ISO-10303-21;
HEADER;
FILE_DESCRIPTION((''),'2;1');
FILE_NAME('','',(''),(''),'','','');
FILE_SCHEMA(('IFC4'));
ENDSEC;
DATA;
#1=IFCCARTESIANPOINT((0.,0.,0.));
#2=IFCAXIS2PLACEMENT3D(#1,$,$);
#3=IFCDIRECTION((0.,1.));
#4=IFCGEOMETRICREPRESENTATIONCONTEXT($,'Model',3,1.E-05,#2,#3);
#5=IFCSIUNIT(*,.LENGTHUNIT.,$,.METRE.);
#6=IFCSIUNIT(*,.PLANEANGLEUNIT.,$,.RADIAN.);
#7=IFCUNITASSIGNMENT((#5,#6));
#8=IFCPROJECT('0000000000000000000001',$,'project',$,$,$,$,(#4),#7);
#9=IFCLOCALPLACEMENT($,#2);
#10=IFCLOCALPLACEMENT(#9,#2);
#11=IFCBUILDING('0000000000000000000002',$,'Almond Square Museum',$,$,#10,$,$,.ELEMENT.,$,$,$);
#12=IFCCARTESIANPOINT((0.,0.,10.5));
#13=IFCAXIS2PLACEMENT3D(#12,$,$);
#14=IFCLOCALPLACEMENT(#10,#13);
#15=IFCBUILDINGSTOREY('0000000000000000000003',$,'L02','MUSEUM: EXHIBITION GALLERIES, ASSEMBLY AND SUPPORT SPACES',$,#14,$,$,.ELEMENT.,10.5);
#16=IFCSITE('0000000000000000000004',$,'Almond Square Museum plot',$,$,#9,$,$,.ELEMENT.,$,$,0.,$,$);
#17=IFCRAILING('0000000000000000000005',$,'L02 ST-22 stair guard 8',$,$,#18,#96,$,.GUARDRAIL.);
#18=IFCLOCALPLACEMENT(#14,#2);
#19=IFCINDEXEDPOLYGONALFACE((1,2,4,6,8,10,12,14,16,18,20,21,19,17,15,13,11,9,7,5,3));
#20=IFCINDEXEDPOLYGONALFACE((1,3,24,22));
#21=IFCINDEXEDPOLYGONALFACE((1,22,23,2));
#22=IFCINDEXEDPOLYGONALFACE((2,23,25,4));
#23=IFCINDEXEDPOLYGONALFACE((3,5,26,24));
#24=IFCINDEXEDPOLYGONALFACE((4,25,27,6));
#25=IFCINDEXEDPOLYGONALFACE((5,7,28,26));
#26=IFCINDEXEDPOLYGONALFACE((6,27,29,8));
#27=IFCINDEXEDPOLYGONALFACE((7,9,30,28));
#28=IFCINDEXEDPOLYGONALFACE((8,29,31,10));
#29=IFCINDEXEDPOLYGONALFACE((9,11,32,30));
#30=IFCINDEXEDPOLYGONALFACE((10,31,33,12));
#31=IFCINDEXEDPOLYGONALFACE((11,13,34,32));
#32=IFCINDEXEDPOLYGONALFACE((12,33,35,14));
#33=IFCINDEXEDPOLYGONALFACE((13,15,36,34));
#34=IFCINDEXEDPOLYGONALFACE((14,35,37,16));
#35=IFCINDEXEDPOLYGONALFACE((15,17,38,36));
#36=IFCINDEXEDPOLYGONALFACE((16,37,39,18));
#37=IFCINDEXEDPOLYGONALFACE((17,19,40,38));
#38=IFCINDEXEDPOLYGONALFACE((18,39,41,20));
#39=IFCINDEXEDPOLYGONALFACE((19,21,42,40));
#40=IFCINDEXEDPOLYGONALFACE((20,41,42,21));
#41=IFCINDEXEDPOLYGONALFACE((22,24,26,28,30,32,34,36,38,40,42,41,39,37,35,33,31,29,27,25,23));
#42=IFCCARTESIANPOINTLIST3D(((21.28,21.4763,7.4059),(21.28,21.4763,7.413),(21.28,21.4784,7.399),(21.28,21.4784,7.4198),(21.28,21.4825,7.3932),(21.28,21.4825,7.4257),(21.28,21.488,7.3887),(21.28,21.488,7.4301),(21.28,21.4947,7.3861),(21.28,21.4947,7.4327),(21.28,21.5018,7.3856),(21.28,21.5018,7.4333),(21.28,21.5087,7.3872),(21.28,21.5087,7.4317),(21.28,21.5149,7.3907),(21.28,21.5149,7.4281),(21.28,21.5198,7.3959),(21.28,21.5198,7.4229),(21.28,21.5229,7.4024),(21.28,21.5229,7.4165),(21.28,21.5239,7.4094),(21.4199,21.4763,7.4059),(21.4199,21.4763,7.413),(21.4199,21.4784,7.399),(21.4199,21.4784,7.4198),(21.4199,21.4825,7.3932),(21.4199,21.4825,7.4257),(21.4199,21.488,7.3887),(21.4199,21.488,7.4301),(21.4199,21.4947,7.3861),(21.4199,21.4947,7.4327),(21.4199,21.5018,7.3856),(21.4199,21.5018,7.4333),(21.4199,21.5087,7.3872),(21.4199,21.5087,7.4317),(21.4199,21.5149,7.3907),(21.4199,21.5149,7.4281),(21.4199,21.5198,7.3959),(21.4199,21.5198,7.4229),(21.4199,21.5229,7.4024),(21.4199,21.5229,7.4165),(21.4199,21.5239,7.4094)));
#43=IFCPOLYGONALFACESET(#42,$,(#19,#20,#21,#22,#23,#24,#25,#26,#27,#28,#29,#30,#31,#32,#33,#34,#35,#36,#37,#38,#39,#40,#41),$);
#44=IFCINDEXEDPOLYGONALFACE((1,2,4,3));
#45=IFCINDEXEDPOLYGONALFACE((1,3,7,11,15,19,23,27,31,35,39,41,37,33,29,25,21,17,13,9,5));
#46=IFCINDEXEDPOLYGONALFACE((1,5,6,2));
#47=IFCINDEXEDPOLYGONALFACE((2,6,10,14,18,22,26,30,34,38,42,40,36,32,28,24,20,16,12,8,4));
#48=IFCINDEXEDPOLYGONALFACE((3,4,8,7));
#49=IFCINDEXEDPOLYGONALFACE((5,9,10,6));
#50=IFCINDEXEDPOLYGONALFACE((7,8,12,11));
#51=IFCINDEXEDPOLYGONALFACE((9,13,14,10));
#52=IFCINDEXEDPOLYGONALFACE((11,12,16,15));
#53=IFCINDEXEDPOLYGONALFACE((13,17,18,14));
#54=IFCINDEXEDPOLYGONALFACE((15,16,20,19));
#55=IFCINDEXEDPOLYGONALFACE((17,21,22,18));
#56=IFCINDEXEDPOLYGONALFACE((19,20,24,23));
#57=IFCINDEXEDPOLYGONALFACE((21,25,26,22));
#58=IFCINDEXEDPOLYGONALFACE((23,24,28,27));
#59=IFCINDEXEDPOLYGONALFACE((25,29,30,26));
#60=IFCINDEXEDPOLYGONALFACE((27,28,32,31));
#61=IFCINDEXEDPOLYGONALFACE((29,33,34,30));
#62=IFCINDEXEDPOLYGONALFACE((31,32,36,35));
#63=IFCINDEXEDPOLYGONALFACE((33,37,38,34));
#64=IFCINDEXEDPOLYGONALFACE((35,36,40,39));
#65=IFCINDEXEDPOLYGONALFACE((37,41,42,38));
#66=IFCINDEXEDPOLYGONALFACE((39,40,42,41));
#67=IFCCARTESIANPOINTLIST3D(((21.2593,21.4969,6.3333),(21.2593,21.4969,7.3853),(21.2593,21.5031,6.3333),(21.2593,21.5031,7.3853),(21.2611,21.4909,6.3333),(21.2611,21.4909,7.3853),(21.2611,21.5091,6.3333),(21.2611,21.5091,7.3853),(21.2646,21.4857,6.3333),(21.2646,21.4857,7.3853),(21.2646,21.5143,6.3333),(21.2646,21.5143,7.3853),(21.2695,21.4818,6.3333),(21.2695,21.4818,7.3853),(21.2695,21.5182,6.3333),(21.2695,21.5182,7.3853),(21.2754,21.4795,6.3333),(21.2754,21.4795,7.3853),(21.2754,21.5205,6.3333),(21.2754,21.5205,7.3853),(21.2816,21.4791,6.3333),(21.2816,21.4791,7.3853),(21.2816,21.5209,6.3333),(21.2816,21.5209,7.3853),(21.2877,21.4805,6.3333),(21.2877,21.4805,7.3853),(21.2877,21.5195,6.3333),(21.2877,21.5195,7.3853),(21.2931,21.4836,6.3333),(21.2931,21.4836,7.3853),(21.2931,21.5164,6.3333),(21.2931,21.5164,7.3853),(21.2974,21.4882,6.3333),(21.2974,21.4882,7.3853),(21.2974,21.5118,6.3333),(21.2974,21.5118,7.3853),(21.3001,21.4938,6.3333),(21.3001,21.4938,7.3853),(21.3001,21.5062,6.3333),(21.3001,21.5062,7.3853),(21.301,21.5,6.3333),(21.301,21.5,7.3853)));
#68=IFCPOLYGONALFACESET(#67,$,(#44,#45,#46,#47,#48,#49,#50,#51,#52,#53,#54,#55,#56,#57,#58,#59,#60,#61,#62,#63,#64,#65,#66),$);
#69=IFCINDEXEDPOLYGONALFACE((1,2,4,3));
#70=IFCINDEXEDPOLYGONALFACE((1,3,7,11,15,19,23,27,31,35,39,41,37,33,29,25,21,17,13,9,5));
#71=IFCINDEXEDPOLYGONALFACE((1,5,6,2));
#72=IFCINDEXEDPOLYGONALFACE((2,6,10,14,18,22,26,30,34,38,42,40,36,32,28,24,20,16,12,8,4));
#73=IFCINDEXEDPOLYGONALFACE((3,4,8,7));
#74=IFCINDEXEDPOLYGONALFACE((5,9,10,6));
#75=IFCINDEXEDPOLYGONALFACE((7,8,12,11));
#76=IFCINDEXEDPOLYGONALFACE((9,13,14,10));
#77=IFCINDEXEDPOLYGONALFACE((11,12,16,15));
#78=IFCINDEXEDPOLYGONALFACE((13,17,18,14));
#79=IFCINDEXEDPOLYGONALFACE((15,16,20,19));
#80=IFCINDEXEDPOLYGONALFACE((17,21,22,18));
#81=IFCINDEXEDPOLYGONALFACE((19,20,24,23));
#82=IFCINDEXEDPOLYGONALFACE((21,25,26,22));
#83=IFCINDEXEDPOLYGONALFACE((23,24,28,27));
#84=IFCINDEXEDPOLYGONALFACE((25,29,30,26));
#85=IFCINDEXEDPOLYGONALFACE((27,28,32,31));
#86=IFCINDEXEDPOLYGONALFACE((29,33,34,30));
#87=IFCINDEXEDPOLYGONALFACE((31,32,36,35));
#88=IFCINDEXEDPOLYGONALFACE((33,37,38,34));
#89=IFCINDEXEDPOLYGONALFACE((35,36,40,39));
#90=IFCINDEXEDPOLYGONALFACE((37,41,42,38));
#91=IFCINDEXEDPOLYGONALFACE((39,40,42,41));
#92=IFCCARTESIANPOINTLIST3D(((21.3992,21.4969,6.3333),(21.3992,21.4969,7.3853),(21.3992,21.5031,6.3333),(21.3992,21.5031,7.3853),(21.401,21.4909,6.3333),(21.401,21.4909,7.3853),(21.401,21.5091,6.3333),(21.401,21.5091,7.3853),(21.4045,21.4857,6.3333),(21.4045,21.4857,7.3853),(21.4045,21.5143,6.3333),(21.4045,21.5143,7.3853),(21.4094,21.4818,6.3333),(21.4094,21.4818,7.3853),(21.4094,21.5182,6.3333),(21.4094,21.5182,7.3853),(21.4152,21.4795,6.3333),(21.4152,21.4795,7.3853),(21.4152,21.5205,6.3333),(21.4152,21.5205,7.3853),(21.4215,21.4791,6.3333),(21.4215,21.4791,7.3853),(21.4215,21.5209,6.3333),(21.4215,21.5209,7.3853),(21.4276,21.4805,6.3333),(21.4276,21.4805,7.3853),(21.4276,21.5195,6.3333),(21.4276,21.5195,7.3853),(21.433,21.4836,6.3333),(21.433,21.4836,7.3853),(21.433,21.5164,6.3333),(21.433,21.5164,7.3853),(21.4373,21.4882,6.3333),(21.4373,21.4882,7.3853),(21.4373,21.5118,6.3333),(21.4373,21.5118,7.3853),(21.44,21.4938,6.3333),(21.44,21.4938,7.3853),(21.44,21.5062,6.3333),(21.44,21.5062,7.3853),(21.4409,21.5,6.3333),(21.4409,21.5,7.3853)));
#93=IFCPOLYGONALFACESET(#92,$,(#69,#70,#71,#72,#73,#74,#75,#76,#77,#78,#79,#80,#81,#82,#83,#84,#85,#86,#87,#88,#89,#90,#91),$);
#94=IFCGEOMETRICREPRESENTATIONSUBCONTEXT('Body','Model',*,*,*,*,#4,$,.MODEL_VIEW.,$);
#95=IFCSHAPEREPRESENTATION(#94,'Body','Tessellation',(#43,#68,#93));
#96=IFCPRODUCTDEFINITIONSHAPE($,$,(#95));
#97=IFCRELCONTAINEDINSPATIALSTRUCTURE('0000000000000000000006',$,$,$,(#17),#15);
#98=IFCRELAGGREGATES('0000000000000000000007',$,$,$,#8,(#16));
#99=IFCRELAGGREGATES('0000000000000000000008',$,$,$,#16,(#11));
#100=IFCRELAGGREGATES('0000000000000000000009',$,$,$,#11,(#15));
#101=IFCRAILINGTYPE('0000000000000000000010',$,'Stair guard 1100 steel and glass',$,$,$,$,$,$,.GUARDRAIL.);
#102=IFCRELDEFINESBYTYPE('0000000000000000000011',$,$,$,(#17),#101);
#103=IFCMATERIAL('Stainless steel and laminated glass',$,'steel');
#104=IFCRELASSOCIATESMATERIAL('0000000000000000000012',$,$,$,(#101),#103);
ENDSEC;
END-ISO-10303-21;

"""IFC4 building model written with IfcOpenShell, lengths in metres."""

from ifc_helpers import new_model, si_unit, direction, frame, origin, origin_2d, place, context, subcontext, project, spatial, circle, extrude, material, type_object, element, save


model = new_model("IFC4")

# Units and contexts
model_context = context("Model", 3, precision=1e-05, world=origin(), true_north=direction((0.0, 1.0)))
body_context = subcontext(model_context, "Body", "Model", "MODEL_VIEW")
ifc_project = project(units=[si_unit("LENGTHUNIT", "METRE"), si_unit("PLANEANGLEUNIT", "RADIAN")], contexts=[model_context])

# Site, building, storey
site_placement = place(None, origin())
site = spatial("IfcSite", under=ifc_project, at=site_placement, Name="Almond Square Museum plot", CompositionType="ELEMENT", RefElevation=0.0)
building_placement = place(site_placement, origin())
building = spatial("IfcBuilding", under=site, at=building_placement, Name="Almond Square Museum", CompositionType="ELEMENT")
storey_placement = place(building_placement, frame((0.0, 0.0, 10.5)))
storey = spatial("IfcBuildingStorey", under=building, at=storey_placement, Name="L02", Description="MUSEUM: EXHIBITION GALLERIES, ASSEMBLY AND SUPPORT SPACES", CompositionType="ELEMENT", Elevation=10.5)

# Railing
ifc_material_1 = material(Name="Stainless steel and laminated glass", Category="steel")
railing_type_1 = type_object("IfcRailingType", Name="Stair guard 1100 steel and glass", PredefinedType="GUARDRAIL", material=ifc_material_1)
railing_1_placement = place(storey_placement, frame((21.28, 21.5, 6.3333)))
element("IfcRailing", 1, at=railing_1_placement, inside=storey, type_object=railing_type_1, Name="L02 ST-22 stair guard 8", PredefinedType="GUARDRAIL", context=body_context, shape_type="SweptSolid", body=[
    extrude(circle(Radius=0.0239, at=origin_2d()), frame((0.0, 0.0, 1.0762), z_axis=(1.0, 0.0, 0.0), x_axis=(0.0, 1.0, 0.0)), (0.0, 0.0, 1.0), 0.1399),
    extrude(circle(Radius=0.021, at=origin_2d()), origin(), (0.0, 0.0, 1.0), 1.052),
    extrude(circle(Radius=0.021, at=origin_2d()), frame((0.1399, 0.0, 0.0)), (0.0, 0.0, 1.0), 1.052),
])

save(model, "model.ifc")
